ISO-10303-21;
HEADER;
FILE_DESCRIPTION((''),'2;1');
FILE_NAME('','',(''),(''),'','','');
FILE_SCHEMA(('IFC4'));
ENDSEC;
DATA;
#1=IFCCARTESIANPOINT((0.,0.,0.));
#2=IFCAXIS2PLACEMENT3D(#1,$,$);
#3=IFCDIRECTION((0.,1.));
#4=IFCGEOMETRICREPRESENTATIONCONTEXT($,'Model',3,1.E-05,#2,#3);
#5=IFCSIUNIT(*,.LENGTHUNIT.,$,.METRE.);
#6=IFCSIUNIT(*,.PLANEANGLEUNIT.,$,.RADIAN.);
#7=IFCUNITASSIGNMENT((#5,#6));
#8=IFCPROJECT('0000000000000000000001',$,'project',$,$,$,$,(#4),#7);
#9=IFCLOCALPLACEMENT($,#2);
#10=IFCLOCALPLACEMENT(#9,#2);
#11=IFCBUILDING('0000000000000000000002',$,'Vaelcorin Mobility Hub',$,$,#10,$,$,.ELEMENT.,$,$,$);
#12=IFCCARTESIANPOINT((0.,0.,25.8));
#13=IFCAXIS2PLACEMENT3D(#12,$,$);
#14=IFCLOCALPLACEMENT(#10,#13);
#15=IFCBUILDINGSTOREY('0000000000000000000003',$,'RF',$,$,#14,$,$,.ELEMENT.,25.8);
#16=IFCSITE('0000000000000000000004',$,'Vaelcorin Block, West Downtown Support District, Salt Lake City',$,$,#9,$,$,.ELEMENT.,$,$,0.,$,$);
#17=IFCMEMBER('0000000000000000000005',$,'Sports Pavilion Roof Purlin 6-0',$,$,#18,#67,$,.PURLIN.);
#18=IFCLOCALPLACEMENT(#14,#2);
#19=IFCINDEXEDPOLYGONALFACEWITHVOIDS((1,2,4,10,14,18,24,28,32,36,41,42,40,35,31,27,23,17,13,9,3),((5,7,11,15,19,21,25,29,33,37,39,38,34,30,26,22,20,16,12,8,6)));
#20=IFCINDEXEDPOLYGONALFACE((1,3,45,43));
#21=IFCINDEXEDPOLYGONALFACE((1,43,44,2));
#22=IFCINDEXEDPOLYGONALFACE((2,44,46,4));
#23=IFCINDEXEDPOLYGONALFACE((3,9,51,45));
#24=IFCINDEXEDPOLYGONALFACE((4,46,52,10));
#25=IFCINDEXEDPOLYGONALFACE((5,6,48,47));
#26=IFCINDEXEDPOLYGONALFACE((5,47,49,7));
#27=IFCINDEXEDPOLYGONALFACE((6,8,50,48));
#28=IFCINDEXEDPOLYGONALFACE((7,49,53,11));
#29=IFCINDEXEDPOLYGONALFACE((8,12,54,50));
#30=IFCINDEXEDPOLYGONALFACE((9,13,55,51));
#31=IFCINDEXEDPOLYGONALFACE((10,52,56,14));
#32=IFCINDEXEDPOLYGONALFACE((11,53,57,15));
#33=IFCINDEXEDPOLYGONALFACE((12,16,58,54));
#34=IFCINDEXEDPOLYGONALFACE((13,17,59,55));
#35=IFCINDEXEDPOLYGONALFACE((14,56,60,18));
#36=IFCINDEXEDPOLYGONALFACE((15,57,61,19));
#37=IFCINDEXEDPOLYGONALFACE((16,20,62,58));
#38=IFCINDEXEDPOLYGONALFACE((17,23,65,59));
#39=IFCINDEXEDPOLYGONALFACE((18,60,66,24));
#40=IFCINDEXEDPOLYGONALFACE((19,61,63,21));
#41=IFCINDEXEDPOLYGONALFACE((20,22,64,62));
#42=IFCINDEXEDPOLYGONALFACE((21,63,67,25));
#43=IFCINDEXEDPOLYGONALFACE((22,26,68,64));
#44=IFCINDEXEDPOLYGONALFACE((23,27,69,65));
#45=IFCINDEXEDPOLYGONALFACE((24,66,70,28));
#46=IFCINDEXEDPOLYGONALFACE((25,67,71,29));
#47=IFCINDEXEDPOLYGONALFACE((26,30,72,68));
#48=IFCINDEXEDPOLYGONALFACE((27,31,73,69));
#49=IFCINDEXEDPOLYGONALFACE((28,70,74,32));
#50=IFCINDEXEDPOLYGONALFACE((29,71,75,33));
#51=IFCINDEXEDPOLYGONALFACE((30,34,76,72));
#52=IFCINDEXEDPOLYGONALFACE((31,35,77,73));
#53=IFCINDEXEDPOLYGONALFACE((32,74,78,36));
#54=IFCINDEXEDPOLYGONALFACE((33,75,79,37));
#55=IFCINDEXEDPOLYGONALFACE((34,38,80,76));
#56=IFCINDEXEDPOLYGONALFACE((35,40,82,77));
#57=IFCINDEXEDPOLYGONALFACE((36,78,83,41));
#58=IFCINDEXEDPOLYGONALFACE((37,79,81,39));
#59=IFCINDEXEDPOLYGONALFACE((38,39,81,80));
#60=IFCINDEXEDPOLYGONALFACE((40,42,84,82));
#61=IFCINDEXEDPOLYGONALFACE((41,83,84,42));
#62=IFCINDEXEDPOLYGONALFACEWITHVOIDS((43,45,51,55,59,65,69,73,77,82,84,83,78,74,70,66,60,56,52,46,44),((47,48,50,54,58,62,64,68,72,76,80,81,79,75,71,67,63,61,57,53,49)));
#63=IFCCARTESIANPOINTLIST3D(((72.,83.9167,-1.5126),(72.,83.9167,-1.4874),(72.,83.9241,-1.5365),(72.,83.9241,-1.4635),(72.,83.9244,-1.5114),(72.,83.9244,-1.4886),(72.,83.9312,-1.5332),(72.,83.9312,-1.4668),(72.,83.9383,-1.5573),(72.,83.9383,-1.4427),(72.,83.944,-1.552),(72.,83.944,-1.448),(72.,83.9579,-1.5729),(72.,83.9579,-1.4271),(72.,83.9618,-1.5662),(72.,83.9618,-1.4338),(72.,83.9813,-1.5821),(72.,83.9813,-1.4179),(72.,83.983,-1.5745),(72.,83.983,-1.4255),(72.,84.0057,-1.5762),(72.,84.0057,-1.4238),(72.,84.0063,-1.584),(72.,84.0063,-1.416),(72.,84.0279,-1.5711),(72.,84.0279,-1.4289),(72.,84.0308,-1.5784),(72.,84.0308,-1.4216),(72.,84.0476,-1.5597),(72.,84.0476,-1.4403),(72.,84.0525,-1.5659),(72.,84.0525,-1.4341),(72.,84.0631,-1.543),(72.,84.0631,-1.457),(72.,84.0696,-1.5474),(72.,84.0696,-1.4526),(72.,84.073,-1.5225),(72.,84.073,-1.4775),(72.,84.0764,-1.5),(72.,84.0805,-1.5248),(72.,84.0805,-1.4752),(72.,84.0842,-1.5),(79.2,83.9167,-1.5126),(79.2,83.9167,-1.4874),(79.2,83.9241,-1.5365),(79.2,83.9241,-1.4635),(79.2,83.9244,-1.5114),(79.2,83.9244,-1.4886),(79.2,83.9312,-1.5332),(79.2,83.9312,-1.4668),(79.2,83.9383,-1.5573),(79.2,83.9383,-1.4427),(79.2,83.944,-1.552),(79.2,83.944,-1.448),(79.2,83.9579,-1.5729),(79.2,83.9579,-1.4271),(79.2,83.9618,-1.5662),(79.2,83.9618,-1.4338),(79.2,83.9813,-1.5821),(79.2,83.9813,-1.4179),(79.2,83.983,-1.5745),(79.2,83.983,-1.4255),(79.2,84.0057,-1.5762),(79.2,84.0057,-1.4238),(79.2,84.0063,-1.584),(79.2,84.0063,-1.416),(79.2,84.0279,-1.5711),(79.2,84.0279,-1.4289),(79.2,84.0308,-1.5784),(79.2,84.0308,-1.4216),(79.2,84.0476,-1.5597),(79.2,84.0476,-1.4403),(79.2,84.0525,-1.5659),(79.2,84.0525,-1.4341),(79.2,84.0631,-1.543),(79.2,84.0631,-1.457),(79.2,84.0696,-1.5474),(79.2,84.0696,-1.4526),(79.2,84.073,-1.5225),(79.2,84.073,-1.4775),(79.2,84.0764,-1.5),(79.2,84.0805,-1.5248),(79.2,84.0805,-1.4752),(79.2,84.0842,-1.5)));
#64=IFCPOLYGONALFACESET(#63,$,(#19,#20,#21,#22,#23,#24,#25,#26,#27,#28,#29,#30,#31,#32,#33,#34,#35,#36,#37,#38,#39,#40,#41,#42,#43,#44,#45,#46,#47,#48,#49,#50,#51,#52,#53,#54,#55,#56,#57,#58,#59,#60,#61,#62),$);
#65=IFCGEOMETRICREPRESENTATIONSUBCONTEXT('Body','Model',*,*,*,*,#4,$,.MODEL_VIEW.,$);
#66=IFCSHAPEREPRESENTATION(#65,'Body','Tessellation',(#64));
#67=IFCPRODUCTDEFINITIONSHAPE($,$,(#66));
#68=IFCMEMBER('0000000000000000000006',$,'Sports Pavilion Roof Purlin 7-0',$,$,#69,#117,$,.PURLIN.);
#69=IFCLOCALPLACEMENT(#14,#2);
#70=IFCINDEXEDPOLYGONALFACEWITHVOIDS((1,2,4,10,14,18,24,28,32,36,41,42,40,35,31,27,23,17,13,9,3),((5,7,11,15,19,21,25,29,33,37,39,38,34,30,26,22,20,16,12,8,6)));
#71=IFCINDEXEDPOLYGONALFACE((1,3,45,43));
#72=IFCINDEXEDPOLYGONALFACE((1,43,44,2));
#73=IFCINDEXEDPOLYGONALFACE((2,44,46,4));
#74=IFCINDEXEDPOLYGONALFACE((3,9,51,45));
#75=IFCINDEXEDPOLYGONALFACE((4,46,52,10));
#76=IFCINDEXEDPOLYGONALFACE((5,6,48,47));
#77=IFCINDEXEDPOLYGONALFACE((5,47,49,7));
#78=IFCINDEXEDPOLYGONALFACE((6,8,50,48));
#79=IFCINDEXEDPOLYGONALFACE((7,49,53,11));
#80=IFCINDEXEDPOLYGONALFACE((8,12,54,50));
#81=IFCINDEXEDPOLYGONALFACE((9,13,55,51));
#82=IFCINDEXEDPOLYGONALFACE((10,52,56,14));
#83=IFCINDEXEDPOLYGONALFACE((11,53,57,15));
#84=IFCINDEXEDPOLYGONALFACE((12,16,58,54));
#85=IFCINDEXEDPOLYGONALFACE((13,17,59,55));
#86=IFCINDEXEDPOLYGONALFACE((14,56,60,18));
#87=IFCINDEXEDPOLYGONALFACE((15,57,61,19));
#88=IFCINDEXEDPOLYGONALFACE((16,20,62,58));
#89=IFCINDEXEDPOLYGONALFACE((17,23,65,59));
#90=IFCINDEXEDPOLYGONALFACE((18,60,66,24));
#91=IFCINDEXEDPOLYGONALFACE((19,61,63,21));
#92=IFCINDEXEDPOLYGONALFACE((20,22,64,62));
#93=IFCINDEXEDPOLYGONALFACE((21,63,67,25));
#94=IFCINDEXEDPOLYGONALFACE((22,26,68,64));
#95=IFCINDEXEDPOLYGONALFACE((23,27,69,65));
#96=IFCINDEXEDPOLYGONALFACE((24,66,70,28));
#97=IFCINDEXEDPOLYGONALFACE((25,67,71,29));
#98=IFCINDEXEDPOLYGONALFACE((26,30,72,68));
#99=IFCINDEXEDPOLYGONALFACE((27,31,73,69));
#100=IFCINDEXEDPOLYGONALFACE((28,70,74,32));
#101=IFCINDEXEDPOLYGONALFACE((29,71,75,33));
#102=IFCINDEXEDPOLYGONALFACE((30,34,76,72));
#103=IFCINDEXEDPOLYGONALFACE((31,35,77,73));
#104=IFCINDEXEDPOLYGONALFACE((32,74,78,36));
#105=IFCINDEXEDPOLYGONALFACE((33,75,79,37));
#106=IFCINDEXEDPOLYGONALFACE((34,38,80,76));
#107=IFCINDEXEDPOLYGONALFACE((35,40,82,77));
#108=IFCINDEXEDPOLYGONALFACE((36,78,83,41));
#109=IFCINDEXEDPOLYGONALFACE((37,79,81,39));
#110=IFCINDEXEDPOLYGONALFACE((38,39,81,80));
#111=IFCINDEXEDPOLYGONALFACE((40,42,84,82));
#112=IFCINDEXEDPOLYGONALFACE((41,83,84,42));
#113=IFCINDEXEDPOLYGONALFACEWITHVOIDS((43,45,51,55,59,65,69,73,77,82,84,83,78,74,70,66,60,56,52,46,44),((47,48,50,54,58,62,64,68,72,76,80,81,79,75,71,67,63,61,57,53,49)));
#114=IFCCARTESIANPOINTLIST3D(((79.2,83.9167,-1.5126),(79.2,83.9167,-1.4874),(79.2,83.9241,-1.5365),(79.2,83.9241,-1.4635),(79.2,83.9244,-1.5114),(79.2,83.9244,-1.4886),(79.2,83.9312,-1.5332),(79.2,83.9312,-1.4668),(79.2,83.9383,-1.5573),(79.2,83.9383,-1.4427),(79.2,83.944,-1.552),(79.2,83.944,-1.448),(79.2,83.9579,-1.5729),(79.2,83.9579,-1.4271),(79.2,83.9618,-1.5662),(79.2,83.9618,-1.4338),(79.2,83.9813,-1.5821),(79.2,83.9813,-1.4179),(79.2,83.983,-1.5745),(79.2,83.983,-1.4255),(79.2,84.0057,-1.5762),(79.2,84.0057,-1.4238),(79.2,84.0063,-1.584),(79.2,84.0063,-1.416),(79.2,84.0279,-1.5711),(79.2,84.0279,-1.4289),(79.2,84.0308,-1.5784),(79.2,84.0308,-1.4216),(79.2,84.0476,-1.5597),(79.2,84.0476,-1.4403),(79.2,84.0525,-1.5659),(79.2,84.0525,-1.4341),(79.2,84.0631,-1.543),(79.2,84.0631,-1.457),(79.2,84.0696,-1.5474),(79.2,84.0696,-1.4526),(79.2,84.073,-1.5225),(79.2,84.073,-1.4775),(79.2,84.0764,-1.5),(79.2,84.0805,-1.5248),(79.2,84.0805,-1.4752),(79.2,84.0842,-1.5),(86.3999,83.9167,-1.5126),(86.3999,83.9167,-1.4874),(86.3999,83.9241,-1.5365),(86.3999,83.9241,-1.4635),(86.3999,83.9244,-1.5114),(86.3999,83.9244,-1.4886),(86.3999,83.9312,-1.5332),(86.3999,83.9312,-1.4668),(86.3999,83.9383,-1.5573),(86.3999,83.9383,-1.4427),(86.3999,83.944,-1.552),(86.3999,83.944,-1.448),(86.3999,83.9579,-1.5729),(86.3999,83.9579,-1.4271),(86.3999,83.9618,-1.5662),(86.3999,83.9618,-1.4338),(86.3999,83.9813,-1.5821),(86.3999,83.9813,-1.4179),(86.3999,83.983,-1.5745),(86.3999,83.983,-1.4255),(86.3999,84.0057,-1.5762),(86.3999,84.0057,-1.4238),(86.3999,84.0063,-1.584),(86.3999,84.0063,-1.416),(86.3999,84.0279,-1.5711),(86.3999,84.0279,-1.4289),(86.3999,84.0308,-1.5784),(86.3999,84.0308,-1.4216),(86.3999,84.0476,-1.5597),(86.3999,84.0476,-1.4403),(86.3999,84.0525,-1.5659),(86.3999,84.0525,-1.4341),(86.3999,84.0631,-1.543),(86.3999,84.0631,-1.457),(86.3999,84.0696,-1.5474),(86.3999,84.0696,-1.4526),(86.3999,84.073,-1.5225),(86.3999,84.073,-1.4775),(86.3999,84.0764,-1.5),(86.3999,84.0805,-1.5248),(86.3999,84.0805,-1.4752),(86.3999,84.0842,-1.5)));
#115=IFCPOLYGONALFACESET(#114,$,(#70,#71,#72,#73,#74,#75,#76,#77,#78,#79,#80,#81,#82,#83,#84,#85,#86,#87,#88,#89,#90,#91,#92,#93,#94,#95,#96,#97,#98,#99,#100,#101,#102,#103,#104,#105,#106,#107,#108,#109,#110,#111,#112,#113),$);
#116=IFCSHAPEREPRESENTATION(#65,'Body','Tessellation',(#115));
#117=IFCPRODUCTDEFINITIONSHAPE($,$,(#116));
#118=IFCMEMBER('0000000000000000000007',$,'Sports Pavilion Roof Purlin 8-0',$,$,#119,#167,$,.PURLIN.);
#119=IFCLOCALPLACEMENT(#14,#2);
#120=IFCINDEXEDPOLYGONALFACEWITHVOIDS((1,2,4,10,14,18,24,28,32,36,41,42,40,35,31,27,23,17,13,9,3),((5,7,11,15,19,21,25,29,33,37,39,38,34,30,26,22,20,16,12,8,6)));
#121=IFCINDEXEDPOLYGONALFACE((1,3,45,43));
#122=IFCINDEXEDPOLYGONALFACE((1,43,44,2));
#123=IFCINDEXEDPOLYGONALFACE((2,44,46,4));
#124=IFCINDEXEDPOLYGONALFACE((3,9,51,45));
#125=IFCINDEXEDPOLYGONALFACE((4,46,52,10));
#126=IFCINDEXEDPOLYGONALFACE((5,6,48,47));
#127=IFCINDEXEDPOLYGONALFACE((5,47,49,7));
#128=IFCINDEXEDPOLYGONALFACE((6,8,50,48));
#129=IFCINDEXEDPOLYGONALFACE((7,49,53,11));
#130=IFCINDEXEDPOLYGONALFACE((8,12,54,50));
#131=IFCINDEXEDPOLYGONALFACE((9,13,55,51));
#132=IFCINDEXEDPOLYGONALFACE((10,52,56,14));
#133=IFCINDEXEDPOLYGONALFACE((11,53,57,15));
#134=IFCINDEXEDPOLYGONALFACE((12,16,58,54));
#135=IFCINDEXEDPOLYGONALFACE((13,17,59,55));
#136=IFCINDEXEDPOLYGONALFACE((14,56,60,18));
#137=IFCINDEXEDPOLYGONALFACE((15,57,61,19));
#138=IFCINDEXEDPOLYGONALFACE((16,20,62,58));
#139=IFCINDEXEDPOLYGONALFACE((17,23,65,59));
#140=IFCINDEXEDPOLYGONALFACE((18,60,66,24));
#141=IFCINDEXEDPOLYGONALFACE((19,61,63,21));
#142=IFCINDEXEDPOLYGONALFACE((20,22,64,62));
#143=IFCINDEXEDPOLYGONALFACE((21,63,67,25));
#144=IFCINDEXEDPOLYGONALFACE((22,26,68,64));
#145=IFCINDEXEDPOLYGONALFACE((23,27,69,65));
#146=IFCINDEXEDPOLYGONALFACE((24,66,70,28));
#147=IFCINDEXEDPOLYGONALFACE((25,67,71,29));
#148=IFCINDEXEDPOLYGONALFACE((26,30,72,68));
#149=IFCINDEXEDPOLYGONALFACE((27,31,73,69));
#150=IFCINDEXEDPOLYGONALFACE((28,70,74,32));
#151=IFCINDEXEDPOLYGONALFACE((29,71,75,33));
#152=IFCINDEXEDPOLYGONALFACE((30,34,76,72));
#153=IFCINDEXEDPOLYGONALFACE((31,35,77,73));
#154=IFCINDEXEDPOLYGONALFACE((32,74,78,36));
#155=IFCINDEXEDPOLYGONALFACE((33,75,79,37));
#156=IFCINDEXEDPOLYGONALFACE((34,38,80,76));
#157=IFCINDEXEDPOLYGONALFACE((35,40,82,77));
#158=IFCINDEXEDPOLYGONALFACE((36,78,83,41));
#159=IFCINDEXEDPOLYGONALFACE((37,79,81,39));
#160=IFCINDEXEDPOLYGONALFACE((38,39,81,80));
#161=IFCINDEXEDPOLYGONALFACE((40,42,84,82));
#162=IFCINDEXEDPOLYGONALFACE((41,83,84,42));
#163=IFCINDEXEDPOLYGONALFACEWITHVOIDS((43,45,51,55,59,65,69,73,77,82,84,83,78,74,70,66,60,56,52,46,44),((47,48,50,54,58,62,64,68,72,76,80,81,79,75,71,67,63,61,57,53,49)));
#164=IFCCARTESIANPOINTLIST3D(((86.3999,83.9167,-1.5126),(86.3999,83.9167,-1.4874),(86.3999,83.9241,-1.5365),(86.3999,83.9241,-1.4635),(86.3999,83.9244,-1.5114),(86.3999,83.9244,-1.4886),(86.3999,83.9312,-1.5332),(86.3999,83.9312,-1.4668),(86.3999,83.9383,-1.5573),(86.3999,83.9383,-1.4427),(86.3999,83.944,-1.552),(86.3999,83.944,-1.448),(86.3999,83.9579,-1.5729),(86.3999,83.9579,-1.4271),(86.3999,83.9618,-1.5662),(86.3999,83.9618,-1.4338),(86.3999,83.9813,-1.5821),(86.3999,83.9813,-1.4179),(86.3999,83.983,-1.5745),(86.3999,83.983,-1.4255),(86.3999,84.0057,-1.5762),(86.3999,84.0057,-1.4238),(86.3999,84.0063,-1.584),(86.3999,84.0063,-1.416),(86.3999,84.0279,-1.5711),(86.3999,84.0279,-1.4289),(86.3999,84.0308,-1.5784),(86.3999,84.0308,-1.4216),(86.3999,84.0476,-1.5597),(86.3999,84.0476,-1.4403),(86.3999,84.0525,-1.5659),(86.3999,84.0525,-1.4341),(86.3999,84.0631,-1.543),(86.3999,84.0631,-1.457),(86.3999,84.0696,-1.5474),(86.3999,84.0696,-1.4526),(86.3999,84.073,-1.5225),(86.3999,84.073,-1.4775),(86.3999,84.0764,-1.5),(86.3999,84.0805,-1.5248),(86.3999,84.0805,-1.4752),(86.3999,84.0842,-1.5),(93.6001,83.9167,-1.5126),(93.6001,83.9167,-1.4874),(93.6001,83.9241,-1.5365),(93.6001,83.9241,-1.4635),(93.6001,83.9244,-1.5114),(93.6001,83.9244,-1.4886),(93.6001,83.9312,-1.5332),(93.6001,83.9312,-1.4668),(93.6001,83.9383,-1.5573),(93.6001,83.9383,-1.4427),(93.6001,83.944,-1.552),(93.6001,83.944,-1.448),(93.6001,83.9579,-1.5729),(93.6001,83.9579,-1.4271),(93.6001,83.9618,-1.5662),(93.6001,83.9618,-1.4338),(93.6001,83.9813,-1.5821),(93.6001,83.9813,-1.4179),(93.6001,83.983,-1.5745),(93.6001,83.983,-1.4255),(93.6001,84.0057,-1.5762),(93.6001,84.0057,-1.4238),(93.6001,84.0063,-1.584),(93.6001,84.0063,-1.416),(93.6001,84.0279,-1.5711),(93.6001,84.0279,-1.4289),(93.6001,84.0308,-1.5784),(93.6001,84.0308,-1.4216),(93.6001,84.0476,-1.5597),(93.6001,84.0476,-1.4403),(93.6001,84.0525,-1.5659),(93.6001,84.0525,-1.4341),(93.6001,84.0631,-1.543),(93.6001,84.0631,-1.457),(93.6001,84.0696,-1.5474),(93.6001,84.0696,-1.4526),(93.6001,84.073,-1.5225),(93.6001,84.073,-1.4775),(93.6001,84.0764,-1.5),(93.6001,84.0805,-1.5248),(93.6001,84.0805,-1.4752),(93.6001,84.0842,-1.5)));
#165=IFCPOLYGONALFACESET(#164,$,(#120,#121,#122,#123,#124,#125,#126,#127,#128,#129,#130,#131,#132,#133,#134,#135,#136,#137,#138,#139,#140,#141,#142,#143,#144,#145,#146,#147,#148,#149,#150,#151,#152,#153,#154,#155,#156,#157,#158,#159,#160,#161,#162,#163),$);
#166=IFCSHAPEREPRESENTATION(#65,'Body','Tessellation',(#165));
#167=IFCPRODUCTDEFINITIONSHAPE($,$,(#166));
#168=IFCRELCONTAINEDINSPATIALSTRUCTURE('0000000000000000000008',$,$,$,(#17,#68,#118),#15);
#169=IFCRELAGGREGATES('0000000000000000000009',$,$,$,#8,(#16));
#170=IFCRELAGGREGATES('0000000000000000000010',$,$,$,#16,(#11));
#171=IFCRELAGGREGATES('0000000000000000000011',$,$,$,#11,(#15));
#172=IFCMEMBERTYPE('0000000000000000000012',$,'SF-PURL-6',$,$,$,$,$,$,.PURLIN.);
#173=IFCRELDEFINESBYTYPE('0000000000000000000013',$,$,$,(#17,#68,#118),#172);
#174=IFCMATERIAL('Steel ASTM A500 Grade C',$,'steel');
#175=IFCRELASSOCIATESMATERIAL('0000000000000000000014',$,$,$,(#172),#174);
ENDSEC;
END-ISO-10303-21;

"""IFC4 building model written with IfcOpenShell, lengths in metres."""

from ifc_helpers import new_model, si_unit, direction, frame, origin, origin_2d, place, context, subcontext, project, spatial, hollow_circle, extrude, material, material_profile, profile_set, type_object, element, save


model = new_model("IFC4")

# Units and contexts
model_context = context("Model", 3, precision=1e-05, world=origin(), true_north=direction((0.0, 1.0)))
body_context = subcontext(model_context, "Body", "Model", "MODEL_VIEW")
ifc_project = project(units=[si_unit("LENGTHUNIT", "METRE"), si_unit("PLANEANGLEUNIT", "RADIAN")], contexts=[model_context])

# Site, building, storey
site_placement = place(None, origin())
site = spatial("IfcSite", under=ifc_project, at=site_placement, Name="Vaelcorin Block, West Downtown Support District, Salt Lake City", CompositionType="ELEMENT", RefElevation=0.0)
building_placement = place(site_placement, origin())
building = spatial("IfcBuilding", under=site, at=building_placement, Name="Vaelcorin Mobility Hub", CompositionType="ELEMENT")
storey_placement = place(building_placement, frame((0.0, 0.0, 25.8)))
storey = spatial("IfcBuildingStorey", under=building, at=storey_placement, Name="RF", CompositionType="ELEMENT", Elevation=25.8)

# Members
ifc_material_1 = material(Name="Steel ASTM A500 Grade C", Category="steel")
ifc_material_profile_1 = material_profile(ifc_material_1, hollow_circle(Radius=0.0842, WallThickness=0.0078, at=origin_2d()), Name="HSS6.625X0.312")
ifc_profile_set_1 = profile_set([ifc_material_profile_1], Name="Steel ASTM A500 Grade C")
member_type_1 = type_object("IfcMemberType", Name="SF-PURL-6", PredefinedType="PURLIN", material=ifc_profile_set_1)
for number, where, z_axis, x_axis, name in (
    (1, (72.0, 84.0, -1.5), (1.0, 0.0, 0.0), (0.0, 1.0, 0.0), "Sports Pavilion Roof Purlin 6-0"),
    (2, (79.2, 84.0, -1.5), (1.0, 0.0, 0.0), (0.0, 1.0, 0.0), "Sports Pavilion Roof Purlin 7-0"),
):
    element("IfcMember", number, at=place(storey_placement, frame(where, z_axis=z_axis, x_axis=x_axis)), inside=storey, type_object=member_type_1, Name=name, PredefinedType="PURLIN", context=body_context, shape_type="SweptSolid", body=[
        extrude(hollow_circle(Radius=0.0842, WallThickness=0.0078, at=origin_2d()), origin(), (0.0, 0.0, 1.0), 7.2),
    ])
member_1_placement = place(storey_placement, frame((86.3999, 84.0, -1.5), z_axis=(1.0, 0.0, 0.0), x_axis=(0.0, 1.0, 0.0)))
element("IfcMember", 3, at=member_1_placement, inside=storey, type_object=member_type_1, Name="Sports Pavilion Roof Purlin 8-0", PredefinedType="PURLIN", context=body_context, shape_type="SweptSolid", body=[
    extrude(hollow_circle(Radius=0.0842, WallThickness=0.0078, at=origin_2d()), origin(), (0.0, 0.0, 1.0), 7.2002),
])

save(model, "model.ifc")
